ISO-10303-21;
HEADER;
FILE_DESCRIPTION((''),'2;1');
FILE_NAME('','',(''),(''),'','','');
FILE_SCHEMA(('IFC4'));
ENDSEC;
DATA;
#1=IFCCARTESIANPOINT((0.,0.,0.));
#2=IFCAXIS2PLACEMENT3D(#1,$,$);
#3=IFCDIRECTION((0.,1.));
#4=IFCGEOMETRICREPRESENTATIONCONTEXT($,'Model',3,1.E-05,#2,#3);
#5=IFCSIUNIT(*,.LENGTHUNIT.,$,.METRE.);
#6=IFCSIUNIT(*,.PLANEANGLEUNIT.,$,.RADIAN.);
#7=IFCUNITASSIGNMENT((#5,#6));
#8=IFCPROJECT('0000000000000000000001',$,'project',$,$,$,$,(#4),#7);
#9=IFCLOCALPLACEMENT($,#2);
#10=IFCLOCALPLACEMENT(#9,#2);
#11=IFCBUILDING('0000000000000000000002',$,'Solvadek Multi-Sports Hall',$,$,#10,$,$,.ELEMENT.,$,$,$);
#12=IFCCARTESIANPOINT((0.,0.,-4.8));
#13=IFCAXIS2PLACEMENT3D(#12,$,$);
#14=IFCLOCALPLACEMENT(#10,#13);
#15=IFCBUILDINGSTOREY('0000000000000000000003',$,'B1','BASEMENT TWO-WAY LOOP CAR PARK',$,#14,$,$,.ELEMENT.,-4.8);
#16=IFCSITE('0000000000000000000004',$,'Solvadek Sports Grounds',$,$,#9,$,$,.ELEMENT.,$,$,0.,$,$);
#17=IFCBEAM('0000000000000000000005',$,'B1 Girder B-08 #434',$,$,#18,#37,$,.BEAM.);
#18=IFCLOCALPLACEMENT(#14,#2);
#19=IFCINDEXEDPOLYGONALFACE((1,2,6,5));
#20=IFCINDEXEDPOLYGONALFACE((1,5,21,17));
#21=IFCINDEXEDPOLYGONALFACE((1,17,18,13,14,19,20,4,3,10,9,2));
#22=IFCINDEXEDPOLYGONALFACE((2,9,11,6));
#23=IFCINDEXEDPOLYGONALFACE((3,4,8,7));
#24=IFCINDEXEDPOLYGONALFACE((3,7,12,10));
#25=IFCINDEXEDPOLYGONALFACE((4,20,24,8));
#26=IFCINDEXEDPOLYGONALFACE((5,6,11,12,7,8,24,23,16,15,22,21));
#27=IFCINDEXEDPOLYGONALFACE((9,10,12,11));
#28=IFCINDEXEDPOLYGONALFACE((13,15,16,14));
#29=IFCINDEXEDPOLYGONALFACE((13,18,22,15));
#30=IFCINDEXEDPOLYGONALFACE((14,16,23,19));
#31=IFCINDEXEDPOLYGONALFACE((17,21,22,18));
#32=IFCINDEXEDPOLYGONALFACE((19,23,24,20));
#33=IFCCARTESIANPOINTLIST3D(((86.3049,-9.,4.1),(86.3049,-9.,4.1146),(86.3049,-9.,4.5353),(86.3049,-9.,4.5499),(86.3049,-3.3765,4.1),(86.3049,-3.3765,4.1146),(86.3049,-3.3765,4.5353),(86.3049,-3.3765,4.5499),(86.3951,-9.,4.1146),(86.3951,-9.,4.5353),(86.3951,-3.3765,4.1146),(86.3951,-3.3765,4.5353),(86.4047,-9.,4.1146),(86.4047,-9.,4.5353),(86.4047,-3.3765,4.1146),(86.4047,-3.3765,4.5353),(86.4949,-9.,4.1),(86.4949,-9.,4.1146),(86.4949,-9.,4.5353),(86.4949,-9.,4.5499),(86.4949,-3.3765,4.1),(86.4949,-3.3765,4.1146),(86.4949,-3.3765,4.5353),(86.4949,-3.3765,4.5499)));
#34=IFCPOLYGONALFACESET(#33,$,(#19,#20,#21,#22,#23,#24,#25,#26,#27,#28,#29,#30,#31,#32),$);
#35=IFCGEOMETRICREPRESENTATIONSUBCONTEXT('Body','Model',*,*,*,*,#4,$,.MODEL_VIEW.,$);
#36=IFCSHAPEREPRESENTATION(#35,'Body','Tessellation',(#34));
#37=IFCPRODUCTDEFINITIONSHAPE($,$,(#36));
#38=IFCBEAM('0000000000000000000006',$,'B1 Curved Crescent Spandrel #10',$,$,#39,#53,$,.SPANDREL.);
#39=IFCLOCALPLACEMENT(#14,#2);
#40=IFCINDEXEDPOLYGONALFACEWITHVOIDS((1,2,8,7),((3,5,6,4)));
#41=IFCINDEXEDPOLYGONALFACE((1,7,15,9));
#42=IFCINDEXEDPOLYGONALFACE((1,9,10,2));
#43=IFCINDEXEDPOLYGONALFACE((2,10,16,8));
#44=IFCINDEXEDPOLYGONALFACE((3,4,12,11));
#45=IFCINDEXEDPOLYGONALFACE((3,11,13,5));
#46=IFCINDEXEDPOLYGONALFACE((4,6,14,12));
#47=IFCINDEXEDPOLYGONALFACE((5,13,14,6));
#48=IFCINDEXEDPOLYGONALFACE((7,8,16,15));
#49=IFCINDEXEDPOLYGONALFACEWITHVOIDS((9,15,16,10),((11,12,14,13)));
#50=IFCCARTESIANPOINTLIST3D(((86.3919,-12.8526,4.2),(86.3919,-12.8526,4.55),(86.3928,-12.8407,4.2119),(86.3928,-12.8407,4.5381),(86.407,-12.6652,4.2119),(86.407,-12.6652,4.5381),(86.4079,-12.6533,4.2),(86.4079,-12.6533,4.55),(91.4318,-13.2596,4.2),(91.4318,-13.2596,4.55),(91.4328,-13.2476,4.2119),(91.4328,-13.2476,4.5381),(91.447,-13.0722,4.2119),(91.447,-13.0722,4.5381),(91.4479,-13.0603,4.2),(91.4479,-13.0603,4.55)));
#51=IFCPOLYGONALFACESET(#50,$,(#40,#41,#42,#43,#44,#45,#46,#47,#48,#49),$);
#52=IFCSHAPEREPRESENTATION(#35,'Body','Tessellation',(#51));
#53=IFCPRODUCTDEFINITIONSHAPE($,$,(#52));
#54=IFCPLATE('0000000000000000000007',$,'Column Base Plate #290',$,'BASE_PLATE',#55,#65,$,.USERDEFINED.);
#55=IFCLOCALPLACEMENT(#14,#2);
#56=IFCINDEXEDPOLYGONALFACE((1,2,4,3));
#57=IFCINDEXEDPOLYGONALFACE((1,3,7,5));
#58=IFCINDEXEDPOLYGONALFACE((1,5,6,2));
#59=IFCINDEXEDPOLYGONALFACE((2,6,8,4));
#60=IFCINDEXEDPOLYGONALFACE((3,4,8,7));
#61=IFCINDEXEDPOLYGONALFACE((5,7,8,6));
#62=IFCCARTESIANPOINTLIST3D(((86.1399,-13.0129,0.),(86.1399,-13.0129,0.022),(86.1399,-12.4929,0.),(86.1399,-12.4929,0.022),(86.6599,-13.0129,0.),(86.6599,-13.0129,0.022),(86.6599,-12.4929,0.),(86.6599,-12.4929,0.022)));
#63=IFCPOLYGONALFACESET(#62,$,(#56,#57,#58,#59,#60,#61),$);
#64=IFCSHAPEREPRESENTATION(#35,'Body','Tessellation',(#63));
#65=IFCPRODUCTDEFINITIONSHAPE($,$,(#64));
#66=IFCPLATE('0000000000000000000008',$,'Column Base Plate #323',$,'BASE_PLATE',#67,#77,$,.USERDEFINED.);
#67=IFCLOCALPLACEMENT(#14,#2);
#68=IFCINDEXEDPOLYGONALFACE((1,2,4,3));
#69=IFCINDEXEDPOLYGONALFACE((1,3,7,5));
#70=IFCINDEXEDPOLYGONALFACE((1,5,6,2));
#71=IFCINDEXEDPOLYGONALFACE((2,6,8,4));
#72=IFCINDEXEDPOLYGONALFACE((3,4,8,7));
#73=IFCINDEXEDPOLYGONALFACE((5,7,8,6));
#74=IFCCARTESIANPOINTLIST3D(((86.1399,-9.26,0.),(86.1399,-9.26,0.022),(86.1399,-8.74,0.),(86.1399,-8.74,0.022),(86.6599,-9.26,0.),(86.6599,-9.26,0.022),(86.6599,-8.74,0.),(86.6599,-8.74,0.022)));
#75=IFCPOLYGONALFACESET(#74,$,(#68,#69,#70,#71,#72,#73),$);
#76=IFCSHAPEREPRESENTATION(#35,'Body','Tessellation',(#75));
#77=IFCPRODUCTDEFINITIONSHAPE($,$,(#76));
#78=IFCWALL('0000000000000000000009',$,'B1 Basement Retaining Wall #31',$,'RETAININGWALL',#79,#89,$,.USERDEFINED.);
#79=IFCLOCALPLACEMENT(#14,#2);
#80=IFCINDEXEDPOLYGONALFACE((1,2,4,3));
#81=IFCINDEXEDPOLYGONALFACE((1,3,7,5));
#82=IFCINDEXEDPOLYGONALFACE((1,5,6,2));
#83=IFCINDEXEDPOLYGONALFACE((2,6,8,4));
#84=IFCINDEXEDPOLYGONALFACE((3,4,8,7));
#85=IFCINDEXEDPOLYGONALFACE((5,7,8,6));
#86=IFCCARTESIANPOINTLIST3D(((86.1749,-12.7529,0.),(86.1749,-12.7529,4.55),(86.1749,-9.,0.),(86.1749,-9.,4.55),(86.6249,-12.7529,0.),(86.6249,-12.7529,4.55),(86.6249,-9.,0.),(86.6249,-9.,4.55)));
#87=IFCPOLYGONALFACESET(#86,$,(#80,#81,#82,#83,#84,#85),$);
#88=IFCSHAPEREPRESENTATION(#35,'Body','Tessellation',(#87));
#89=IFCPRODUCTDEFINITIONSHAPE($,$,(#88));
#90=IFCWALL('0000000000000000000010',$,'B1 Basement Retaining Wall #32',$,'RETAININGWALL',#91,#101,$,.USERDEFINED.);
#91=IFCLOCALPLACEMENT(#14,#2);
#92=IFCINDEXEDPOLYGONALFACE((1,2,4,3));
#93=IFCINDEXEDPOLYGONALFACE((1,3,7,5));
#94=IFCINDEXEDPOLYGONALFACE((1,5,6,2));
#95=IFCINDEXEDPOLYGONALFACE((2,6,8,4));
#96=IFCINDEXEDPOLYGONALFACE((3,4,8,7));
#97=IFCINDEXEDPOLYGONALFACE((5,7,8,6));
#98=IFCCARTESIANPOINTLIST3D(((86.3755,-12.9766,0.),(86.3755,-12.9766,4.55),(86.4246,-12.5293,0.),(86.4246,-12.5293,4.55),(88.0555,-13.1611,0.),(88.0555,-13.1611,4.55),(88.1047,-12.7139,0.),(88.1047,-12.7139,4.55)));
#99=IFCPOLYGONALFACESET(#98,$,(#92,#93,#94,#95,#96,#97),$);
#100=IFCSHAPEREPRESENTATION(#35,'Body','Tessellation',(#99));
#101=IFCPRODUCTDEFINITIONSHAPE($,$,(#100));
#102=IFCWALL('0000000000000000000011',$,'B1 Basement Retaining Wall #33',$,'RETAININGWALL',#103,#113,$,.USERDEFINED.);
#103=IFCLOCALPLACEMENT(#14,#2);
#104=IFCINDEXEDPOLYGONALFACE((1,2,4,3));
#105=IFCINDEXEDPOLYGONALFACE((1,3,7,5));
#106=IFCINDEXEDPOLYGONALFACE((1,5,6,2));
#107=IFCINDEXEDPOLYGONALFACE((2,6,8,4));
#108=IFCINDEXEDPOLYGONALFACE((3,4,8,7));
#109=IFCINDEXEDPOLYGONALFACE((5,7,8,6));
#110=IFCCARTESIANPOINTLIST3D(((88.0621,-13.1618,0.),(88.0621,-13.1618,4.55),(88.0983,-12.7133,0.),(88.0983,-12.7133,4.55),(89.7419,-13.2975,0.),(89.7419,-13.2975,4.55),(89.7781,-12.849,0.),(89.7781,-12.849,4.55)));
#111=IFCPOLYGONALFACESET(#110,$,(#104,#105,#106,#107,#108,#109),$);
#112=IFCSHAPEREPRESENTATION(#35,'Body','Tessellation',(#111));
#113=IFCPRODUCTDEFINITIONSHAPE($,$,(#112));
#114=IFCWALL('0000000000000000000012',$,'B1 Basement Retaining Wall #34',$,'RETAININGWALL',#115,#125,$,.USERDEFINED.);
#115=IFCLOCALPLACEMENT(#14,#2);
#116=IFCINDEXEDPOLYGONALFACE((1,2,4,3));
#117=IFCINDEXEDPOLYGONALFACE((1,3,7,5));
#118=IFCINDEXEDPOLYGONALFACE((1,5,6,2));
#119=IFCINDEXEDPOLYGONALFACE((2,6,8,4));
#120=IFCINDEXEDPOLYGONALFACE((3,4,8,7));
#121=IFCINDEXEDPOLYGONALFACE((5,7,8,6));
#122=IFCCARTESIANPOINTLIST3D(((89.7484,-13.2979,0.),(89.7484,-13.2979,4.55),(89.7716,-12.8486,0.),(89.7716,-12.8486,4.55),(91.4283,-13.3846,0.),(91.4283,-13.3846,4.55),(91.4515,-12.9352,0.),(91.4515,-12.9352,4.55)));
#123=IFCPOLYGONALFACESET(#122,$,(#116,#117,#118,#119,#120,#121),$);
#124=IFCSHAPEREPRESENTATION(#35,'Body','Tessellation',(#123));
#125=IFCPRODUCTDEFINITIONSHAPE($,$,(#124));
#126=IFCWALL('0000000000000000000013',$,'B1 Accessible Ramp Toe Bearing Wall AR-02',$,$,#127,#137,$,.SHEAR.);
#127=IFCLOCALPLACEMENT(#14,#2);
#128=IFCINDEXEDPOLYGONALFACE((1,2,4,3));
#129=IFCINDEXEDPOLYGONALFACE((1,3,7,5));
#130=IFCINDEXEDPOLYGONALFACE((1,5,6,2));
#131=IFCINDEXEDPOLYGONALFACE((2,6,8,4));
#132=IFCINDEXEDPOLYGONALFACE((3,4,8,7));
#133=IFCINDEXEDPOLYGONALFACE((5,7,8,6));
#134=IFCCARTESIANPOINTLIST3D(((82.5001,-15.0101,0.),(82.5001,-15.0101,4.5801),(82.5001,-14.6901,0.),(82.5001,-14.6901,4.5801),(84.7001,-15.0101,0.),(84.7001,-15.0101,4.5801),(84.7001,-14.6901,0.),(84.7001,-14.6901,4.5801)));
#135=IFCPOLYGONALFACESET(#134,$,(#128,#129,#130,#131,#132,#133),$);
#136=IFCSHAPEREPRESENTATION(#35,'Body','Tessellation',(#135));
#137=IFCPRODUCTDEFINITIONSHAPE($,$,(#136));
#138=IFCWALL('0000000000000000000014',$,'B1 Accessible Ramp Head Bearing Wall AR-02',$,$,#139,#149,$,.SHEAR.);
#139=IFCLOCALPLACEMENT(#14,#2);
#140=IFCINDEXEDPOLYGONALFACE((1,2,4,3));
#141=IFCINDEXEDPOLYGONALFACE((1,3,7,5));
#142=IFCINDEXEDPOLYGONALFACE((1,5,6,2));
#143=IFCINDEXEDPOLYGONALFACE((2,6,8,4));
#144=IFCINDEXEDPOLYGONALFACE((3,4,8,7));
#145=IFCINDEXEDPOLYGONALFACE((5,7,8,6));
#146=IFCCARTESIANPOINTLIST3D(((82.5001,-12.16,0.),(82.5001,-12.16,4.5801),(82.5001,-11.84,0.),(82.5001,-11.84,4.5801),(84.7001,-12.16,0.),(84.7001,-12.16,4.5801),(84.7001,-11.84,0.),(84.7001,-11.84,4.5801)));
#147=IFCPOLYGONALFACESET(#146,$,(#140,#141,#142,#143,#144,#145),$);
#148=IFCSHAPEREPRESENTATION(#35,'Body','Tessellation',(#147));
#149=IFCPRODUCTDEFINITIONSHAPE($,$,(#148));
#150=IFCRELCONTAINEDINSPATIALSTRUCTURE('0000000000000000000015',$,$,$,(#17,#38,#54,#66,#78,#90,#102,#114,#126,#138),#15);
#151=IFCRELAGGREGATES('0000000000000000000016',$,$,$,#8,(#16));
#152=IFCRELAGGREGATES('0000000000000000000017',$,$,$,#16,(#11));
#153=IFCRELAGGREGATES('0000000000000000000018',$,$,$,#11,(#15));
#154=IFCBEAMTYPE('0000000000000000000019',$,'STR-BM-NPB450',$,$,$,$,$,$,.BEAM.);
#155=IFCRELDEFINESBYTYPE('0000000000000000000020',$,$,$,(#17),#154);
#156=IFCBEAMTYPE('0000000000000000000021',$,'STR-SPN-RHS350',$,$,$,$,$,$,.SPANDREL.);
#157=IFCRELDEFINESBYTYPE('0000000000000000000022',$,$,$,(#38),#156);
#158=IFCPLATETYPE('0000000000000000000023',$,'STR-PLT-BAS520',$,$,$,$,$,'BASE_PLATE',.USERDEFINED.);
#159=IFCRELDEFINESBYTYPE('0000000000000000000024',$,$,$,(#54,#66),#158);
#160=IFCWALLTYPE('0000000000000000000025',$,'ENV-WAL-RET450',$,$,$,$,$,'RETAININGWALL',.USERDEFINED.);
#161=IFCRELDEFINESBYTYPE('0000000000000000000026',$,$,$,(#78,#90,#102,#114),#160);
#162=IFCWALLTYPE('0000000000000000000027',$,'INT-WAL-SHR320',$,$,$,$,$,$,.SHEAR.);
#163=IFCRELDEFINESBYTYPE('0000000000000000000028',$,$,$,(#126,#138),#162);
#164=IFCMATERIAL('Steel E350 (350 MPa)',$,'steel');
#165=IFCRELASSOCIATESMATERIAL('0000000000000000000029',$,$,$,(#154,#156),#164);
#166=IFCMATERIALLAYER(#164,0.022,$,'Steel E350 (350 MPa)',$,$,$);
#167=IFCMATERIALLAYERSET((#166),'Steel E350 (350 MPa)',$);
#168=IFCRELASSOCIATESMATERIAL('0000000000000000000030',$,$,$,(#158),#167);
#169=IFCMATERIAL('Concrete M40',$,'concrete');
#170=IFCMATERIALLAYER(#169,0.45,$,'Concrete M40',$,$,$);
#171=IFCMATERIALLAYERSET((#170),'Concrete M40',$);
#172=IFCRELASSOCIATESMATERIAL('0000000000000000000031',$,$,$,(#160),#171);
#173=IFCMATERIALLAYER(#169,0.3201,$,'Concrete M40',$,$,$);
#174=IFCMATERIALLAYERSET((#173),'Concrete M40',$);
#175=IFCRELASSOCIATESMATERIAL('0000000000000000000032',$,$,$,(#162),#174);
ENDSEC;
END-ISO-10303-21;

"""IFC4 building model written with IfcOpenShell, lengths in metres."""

from ifc_helpers import new_model, si_unit, direction, frame, frame_2d, origin, origin_2d, place, context, subcontext, project, spatial, rectangle, hollow_rectangle, i_section, extrude, material, layer, layer_set, material_profile, profile_set, type_object, element, save


model = new_model("IFC4")

# Units and contexts
model_context = context("Model", 3, precision=1e-05, world=origin(), true_north=direction((0.0, 1.0)))
body_context = subcontext(model_context, "Body", "Model", "MODEL_VIEW")
ifc_project = project(units=[si_unit("LENGTHUNIT", "METRE"), si_unit("PLANEANGLEUNIT", "RADIAN")], contexts=[model_context])

# Site, building, storey
site_placement = place(None, origin())
site = spatial("IfcSite", under=ifc_project, at=site_placement, Name="Solvadek Sports Grounds", CompositionType="ELEMENT", RefElevation=0.0)
building_placement = place(site_placement, origin())
building = spatial("IfcBuilding", under=site, at=building_placement, Name="Solvadek Multi-Sports Hall", CompositionType="ELEMENT")
storey_placement = place(building_placement, frame((0.0, 0.0, -4.8)))
storey = spatial("IfcBuildingStorey", under=building, at=storey_placement, Name="B1", Description="BASEMENT TWO-WAY LOOP CAR PARK", CompositionType="ELEMENT", Elevation=-4.8)

# Shared definitions
ifc_material_1 = material(Name="Concrete M40", Category="concrete")

# Shared definitions
ifc_material_2 = material(Name="Steel E350 (350 MPa)", Category="steel")

# Beams
ifc_material_profile_1 = material_profile(ifc_material_2, i_section(OverallWidth=0.1899, OverallDepth=0.45, WebThickness=0.0095, FlangeThickness=0.0146, at=origin_2d()), Name="NPB 450")
ifc_profile_set_1 = profile_set([ifc_material_profile_1], Name="Steel E350 (350 MPa)")
beam_type_1 = type_object("IfcBeamType", Name="STR-BM-NPB450", PredefinedType="BEAM", material=ifc_profile_set_1)
beam_1_placement = place(storey_placement, frame((86.3999, -9.0, 4.325), z_axis=(0.0, 1.0, 0.0), x_axis=(-1.0, 0.0, 0.0)))
element("IfcBeam", 1, at=beam_1_placement, inside=storey, type_object=beam_type_1, Name="B1 Girder B-08 #434", PredefinedType="BEAM", context=body_context, shape_type="SweptSolid", body=[
    extrude(i_section(OverallWidth=0.1899, OverallDepth=0.45, WebThickness=0.0095, FlangeThickness=0.0146, at=origin_2d()), origin(), (0.0, 0.0, 1.0), 5.6235),
])
ifc_material_profile_2 = material_profile(ifc_material_2, hollow_rectangle(XDim=0.2, YDim=0.3501, WallThickness=0.012, at=origin_2d()), Name="RHS 350x200x12")
ifc_profile_set_2 = profile_set([ifc_material_profile_2], Name="Steel E350 (350 MPa)")
beam_type_2 = type_object("IfcBeamType", Name="STR-SPN-RHS350", PredefinedType="SPANDREL", material=ifc_profile_set_2)
beam_2_placement = place(storey_placement, frame((86.3999, -12.7529, 4.375), z_axis=(0.996756, -0.080488, 0.0), x_axis=(0.080488, 0.996756, 0.0)))
element("IfcBeam", 2, at=beam_2_placement, inside=storey, type_object=beam_type_2, Name="B1 Curved Crescent Spandrel #10", PredefinedType="SPANDREL", context=body_context, shape_type="SweptSolid", body=[
    extrude(hollow_rectangle(XDim=0.2, YDim=0.3501, WallThickness=0.012, at=origin_2d()), origin(), (0.0, 0.0, 1.0), 5.0564),
])

# Plates
ifc_layer_1 = layer(ifc_material_2, 0.022, Name="Steel E350 (350 MPa)")
ifc_layer_set_1 = layer_set([ifc_layer_1], Name="Steel E350 (350 MPa)")
plate_type = type_object("IfcPlateType", Name="STR-PLT-BAS520", ElementType="BASE_PLATE", PredefinedType="USERDEFINED", material=ifc_layer_set_1)
for number, where, z_axis, x_axis, name in (
    (3, (86.3999, -12.7529, 0.0), (0.0, 0.0, 1.0), (1.0, 0.0, 0.0), "Column Base Plate #290"),
    (4, (86.3999, -9.0, 0.0), (0.0, 0.0, 1.0), (1.0, 0.0, 0.0), "Column Base Plate #323"),
):
    element("IfcPlate", number, at=place(storey_placement, frame(where, z_axis=z_axis, x_axis=x_axis)), inside=storey, type_object=plate_type, Name=name, ObjectType="BASE_PLATE", PredefinedType="USERDEFINED", context=body_context, shape_type="SweptSolid", body=[
        extrude(rectangle(XDim=0.52, YDim=0.52, at=origin_2d()), origin(), (0.0, 0.0, 1.0), 0.022),
    ])

# Walls
ifc_layer_2 = layer(ifc_material_1, 0.45, Name="Concrete M40")
ifc_layer_set_2 = layer_set([ifc_layer_2], Name="Concrete M40")
wall_type_1 = type_object("IfcWallType", Name="ENV-WAL-RET450", ElementType="RETAININGWALL", PredefinedType="USERDEFINED", material=ifc_layer_set_2)
wall_1_placement = place(storey_placement, frame((86.3999, -9.0, 0.0), z_axis=(0.0, 0.0, 1.0), x_axis=(0.0, -1.0, 0.0)))
element("IfcWall", 5, at=wall_1_placement, inside=storey, type_object=wall_type_1, Name="B1 Basement Retaining Wall #31", ObjectType="RETAININGWALL", PredefinedType="USERDEFINED", context=body_context, shape_type="SweptSolid", body=[
    extrude(rectangle(XDim=3.7529, YDim=0.45, at=frame_2d((1.8765, 0.0))), origin(), (0.0, 0.0, 1.0), 4.55),
])
wall_2_placement = place(storey_placement, frame((86.3999, -12.7529, 0.0), z_axis=(0.0, 0.0, 1.0), x_axis=(0.99402, -0.109195, 0.0)))
element("IfcWall", 6, at=wall_2_placement, inside=storey, type_object=wall_type_1, Name="B1 Basement Retaining Wall #32", ObjectType="RETAININGWALL", PredefinedType="USERDEFINED", context=body_context, shape_type="SweptSolid", body=[
    extrude(rectangle(XDim=1.6902, YDim=0.45, at=frame_2d((0.8452, 0.0))), origin(), (0.0, 0.0, 1.0), 4.55),
])
wall_3_placement = place(storey_placement, frame((88.0801, -12.9375, 0.0), z_axis=(0.0, 0.0, 1.0), x_axis=(0.996751, -0.08054, 0.0)))
element("IfcWall", 7, at=wall_3_placement, inside=storey, type_object=wall_type_1, Name="B1 Basement Retaining Wall #33", ObjectType="RETAININGWALL", PredefinedType="USERDEFINED", context=body_context, shape_type="SweptSolid", body=[
    extrude(rectangle(XDim=1.6853, YDim=0.45, at=frame_2d((0.8428, 0.0))), origin(), (0.0, 0.0, 1.0), 4.55),
])
wall_4_placement = place(storey_placement, frame((89.76, -13.0732, 0.0), z_axis=(0.0, 0.0, 1.0), x_axis=(0.998672, -0.051523, 0.0)))
element("IfcWall", 8, at=wall_4_placement, inside=storey, type_object=wall_type_1, Name="B1 Basement Retaining Wall #34", ObjectType="RETAININGWALL", PredefinedType="USERDEFINED", context=body_context, shape_type="SweptSolid", body=[
    extrude(rectangle(XDim=1.6821, YDim=0.45, at=frame_2d((0.8411, 0.0))), origin(), (0.0, 0.0, 1.0), 4.55),
])
ifc_layer_3 = layer(ifc_material_1, 0.3201, Name="Concrete M40")
ifc_layer_set_3 = layer_set([ifc_layer_3], Name="Concrete M40")
wall_type_2 = type_object("IfcWallType", Name="INT-WAL-SHR320", PredefinedType="SHEAR", material=ifc_layer_set_3)
for number, where, z_axis, x_axis, name in (
    (9, (82.5, -14.8501, 0.0), (0.0, 0.0, 1.0), (1.0, 0.0, 0.0), "B1 Accessible Ramp Toe Bearing Wall AR-02"),
    (10, (82.5, -12.0, 0.0), (0.0, 0.0, 1.0), (1.0, 0.0, 0.0), "B1 Accessible Ramp Head Bearing Wall AR-02"),
):
    element("IfcWall", number, at=place(storey_placement, frame(where, z_axis=z_axis, x_axis=x_axis)), inside=storey, type_object=wall_type_2, Name=name, PredefinedType="SHEAR", context=body_context, shape_type="SweptSolid", body=[
        extrude(rectangle(XDim=2.2, YDim=0.3201, at=frame_2d((1.1001, 0.0))), origin(), (0.0, 0.0, 1.0), 4.5801),
    ])

save(model, "model.ifc")
